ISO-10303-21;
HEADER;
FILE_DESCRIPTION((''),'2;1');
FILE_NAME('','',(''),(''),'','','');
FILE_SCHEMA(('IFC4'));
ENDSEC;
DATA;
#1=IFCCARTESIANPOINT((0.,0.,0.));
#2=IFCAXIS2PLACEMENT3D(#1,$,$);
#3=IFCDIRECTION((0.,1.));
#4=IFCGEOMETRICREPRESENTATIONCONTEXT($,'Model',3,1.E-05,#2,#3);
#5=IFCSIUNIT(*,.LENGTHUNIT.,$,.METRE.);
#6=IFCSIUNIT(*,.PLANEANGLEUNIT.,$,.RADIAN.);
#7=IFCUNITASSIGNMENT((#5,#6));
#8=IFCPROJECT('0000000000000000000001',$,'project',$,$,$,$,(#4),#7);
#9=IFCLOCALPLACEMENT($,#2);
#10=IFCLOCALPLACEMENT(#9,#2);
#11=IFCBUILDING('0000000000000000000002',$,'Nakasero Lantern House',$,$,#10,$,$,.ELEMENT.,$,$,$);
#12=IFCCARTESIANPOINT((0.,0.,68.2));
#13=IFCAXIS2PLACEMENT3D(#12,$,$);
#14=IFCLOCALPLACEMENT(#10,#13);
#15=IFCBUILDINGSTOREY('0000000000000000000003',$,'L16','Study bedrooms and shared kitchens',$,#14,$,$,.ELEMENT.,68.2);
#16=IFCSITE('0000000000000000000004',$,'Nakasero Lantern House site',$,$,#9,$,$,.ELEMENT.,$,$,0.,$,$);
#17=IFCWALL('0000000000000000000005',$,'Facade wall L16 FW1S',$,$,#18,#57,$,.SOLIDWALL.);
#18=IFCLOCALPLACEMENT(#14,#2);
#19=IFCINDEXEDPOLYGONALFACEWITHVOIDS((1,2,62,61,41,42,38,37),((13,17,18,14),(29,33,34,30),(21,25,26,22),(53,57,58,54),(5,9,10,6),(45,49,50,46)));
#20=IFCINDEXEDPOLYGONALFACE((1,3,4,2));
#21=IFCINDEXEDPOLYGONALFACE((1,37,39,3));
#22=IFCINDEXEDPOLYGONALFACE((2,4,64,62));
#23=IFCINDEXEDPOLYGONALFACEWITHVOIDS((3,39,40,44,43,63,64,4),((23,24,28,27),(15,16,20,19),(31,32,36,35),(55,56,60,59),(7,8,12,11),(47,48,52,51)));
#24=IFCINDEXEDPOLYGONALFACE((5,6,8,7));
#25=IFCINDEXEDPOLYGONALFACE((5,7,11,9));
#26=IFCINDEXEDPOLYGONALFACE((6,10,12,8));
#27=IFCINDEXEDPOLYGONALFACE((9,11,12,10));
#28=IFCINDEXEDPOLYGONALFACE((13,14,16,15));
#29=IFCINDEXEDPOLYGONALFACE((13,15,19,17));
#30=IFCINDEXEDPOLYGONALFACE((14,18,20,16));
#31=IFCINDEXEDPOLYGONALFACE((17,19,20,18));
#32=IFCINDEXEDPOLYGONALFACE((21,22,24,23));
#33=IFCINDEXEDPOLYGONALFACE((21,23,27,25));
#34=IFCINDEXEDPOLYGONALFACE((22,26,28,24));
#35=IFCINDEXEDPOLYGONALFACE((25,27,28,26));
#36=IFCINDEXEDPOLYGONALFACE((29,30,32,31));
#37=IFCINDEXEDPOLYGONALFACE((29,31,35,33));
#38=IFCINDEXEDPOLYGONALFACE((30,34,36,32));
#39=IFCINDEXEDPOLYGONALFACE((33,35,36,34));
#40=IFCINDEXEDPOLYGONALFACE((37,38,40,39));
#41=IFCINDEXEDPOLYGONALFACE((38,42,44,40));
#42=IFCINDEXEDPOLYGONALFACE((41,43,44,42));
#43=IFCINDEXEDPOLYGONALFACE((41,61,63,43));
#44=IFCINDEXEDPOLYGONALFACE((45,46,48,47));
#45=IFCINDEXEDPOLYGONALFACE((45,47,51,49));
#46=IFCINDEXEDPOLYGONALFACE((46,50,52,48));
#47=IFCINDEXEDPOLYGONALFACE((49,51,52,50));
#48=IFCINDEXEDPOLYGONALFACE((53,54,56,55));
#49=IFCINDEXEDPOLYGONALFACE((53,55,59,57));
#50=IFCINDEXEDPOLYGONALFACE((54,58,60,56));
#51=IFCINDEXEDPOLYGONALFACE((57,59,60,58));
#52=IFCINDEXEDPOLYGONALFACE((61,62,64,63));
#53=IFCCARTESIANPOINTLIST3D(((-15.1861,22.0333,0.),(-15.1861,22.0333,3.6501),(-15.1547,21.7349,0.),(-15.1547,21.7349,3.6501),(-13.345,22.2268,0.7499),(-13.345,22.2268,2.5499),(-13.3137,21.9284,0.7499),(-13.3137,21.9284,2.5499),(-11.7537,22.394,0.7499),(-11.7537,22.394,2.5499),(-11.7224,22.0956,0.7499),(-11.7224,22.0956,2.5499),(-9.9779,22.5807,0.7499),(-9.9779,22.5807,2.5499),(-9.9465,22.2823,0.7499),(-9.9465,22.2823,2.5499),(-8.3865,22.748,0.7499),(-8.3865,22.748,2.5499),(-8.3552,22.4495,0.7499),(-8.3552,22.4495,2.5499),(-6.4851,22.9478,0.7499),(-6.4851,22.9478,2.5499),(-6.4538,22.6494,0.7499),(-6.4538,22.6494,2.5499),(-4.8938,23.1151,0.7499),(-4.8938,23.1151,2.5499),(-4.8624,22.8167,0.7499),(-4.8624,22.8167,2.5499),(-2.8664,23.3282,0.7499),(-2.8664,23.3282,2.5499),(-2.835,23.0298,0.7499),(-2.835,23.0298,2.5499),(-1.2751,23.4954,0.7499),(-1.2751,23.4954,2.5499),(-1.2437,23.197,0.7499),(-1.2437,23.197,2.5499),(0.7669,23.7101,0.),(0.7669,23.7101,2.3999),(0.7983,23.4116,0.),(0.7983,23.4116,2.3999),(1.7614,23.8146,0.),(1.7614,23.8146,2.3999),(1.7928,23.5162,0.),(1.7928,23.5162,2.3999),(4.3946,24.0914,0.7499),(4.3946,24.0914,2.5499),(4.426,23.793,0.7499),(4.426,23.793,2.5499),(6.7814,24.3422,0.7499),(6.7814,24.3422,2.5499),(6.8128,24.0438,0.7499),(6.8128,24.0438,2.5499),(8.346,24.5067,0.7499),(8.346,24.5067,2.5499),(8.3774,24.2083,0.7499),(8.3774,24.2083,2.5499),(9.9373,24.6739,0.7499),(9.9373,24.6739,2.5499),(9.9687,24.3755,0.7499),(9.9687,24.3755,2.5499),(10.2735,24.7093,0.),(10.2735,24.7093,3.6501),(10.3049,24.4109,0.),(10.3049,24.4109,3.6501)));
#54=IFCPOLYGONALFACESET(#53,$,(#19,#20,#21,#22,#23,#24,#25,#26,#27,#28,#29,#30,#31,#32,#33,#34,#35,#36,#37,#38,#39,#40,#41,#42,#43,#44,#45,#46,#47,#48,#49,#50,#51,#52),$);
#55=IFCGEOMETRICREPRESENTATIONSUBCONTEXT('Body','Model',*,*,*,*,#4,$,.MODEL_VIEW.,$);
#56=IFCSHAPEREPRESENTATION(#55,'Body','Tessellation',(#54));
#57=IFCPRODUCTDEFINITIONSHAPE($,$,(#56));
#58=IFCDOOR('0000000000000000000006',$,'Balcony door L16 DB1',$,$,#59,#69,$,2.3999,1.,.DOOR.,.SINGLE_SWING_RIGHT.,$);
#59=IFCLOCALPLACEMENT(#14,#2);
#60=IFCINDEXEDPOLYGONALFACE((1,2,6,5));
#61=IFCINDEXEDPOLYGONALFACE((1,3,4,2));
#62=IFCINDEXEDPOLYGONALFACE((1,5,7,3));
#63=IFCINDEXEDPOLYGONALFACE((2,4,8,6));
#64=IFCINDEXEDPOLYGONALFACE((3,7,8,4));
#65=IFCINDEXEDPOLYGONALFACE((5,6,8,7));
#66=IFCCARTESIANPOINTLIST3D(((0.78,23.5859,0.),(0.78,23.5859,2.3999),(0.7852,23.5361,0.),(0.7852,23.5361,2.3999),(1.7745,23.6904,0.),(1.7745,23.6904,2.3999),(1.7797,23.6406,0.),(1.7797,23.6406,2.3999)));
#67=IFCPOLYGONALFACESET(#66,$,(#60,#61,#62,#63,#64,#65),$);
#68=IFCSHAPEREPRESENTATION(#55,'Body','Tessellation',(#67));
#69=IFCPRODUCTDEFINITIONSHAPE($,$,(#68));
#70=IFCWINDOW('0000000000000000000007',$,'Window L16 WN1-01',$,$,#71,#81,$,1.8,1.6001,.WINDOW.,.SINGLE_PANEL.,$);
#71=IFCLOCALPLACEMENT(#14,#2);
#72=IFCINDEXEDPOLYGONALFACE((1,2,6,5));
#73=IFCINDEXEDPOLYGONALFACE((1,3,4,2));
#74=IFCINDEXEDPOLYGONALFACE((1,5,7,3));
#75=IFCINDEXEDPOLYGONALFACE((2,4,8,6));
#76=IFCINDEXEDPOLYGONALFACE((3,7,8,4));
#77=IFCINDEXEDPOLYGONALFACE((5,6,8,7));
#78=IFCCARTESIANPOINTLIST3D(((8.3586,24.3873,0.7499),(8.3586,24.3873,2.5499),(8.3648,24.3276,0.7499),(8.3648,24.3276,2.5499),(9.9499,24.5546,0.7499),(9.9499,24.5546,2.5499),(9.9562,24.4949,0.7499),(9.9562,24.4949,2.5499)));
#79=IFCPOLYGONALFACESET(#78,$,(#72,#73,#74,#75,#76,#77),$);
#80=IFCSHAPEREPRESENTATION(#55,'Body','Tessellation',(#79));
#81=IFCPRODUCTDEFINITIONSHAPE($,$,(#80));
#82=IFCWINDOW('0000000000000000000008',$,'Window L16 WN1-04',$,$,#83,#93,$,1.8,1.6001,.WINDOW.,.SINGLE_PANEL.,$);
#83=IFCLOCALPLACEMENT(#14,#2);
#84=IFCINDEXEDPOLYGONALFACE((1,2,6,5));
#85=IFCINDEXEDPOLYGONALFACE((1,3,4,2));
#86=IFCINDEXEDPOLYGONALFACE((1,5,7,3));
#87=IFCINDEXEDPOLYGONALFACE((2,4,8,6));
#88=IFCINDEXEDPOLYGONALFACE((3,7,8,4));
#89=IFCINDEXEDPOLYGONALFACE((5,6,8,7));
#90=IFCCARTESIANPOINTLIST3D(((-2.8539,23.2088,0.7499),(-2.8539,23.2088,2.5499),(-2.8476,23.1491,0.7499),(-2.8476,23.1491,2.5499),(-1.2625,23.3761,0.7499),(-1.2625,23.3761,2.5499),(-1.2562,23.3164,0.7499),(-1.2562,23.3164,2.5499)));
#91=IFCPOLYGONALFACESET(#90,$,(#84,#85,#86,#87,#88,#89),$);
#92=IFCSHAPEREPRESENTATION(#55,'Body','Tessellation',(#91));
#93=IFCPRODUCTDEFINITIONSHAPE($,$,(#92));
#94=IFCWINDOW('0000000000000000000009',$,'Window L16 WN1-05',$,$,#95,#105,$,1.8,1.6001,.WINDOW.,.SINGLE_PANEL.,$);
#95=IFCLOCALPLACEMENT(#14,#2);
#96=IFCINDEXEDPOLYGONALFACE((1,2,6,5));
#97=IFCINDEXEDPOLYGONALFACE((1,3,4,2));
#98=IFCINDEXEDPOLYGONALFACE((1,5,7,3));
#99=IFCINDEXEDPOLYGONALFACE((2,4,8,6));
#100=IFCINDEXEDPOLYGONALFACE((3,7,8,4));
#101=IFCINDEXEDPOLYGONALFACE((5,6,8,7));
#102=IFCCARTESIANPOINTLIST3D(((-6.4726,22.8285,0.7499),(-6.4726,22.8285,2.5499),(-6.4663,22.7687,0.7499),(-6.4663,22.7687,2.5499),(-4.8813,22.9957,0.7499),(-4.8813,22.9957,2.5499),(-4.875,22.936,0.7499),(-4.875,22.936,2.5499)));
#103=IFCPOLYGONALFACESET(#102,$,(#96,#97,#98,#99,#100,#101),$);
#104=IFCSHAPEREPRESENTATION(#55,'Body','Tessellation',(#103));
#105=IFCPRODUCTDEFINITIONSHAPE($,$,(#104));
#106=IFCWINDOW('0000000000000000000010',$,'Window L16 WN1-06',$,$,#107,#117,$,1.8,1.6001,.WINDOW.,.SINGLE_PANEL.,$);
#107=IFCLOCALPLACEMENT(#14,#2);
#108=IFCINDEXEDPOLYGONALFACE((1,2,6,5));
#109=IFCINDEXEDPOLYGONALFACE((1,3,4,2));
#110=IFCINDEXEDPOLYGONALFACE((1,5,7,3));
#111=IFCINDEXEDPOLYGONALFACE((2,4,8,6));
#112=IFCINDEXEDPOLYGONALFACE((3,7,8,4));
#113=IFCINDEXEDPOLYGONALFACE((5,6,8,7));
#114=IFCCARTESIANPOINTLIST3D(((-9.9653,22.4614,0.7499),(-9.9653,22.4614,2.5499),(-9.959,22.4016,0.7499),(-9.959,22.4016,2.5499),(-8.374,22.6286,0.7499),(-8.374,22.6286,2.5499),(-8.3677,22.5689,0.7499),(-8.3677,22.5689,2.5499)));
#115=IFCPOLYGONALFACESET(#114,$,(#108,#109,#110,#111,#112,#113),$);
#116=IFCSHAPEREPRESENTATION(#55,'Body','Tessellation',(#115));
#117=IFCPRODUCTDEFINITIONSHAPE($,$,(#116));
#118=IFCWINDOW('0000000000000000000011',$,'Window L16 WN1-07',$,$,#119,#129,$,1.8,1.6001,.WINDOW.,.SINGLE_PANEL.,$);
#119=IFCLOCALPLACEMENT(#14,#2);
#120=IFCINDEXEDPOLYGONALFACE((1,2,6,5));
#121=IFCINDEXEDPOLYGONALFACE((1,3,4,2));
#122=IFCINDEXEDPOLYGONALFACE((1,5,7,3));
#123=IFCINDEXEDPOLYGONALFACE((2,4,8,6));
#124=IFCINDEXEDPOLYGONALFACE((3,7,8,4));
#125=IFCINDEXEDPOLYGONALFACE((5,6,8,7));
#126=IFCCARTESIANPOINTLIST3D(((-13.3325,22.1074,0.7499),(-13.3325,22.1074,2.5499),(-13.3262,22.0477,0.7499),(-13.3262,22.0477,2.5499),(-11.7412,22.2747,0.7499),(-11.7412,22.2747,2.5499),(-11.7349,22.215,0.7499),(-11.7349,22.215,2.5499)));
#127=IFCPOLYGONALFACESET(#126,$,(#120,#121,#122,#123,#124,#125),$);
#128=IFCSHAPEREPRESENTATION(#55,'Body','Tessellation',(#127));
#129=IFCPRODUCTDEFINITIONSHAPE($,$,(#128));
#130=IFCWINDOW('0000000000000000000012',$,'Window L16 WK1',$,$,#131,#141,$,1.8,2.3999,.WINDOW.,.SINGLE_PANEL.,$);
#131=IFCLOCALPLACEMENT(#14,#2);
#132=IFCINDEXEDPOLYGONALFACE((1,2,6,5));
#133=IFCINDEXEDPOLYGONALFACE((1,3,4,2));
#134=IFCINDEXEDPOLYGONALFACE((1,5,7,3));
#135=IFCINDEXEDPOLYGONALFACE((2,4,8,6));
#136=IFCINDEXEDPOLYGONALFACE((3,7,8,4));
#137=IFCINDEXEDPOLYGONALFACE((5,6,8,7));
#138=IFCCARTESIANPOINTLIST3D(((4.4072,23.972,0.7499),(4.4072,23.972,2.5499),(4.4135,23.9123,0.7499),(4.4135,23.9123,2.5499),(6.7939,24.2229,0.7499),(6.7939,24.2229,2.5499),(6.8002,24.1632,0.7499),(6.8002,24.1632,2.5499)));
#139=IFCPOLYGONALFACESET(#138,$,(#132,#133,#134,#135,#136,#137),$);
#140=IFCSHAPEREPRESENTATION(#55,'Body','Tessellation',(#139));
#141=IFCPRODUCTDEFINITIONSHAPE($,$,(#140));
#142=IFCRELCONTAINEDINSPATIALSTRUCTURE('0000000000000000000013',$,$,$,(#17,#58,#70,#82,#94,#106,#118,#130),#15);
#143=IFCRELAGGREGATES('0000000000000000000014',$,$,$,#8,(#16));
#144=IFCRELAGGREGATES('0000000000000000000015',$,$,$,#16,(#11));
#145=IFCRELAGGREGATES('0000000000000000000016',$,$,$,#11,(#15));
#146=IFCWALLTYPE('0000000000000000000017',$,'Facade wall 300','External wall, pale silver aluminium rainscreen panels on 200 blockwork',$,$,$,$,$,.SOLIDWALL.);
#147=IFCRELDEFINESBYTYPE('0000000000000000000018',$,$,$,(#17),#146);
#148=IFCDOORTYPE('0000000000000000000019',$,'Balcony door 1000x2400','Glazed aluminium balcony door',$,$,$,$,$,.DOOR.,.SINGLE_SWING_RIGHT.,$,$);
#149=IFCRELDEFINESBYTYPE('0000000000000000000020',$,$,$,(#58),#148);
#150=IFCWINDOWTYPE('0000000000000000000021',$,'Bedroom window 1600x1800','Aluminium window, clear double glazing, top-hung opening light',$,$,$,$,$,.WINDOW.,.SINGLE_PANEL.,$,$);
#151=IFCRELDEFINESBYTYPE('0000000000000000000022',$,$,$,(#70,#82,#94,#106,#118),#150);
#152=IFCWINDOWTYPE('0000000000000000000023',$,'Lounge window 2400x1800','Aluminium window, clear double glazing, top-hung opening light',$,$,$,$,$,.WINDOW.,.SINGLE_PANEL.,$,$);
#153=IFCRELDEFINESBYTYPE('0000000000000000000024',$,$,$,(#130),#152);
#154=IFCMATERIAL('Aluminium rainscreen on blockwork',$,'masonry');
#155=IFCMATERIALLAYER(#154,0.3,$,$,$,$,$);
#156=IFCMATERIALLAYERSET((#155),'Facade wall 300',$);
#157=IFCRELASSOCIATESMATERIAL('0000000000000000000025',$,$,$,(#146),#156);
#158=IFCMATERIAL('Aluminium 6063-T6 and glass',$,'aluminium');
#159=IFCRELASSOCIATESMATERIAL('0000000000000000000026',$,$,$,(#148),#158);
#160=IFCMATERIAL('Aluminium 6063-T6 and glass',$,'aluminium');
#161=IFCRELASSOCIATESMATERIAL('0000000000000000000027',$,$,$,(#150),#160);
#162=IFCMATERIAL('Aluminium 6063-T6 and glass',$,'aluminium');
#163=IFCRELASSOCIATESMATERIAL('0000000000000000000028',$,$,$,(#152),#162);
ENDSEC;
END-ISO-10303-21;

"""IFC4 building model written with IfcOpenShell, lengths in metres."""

from ifc_helpers import new_model, si_unit, direction, frame, frame_2d, origin, place, context, subcontext, project, spatial, rectangle, extrude, material, layer, layer_set, type_object, element, fill, save


model = new_model("IFC4")

# Units and contexts
model_context = context("Model", 3, precision=1e-05, world=origin(), true_north=direction((0.0, 1.0)))
body_context = subcontext(model_context, "Body", "Model", "MODEL_VIEW")
ifc_project = project(units=[si_unit("LENGTHUNIT", "METRE"), si_unit("PLANEANGLEUNIT", "RADIAN")], contexts=[model_context])

# Site, building, storey
site_placement = place(None, origin())
site = spatial("IfcSite", under=ifc_project, at=site_placement, Name="Nakasero Lantern House site", CompositionType="ELEMENT", RefElevation=0.0)
building_placement = place(site_placement, origin())
building = spatial("IfcBuilding", under=site, at=building_placement, Name="Nakasero Lantern House", CompositionType="ELEMENT")
storey_placement = place(building_placement, frame((0.0, 0.0, 68.2)))
storey = spatial("IfcBuildingStorey", under=building, at=storey_placement, Name="L16", Description="Study bedrooms and shared kitchens", CompositionType="ELEMENT", Elevation=68.2)

# Wall, openings, door, windows
ifc_material_1 = material(Name="Aluminium rainscreen on blockwork", Category="masonry")
ifc_layer_1 = layer(ifc_material_1, 0.3)
ifc_layer_set_1 = layer_set([ifc_layer_1], Name="Facade wall 300")
wall_type_1 = type_object("IfcWallType", Name="Facade wall 300", Description="External wall, pale silver aluminium rainscreen panels on 200 blockwork", PredefinedType="SOLIDWALL", material=ifc_layer_set_1)
wall_1_placement = place(storey_placement, frame((10.2891, 24.5601, 0.0), z_axis=(0.0, 0.0, 1.0), x_axis=(-0.994521, -0.104532, 0.0)))
wall_1 = element("IfcWall", 1, at=wall_1_placement, inside=storey, type_object=wall_type_1, Name="Facade wall L16 FW1S", PredefinedType="SOLIDWALL", context=body_context, shape_type="SweptSolid", body=[
    extrude(rectangle(XDim=25.5999, YDim=0.3, at=frame_2d((12.7998, 0.0))), origin(), (0.0, 0.0, 1.0), 3.6501),
])
opening_1_placement = place(wall_1_placement, frame((0.3379, 0.0, 0.75)))
opening_1 = element("IfcOpeningElement", 2, at=opening_1_placement, cuts=wall_1, PredefinedType="OPENING", context=body_context, shape_type="SweptSolid", body=[
    extrude(rectangle(XDim=1.6001, YDim=1.8, at=frame_2d((0.8, 0.8999))), frame((0.0, 0.1699, 0.0), z_axis=(0.0, -1.0, 0.0), x_axis=(1.0, 0.0, 0.0)), (0.0, 0.0, 1.0), 0.3401),
])
opening_2_placement = place(wall_1_placement, frame((11.6121, 0.0, 0.75)))
opening_2 = element("IfcOpeningElement", 3, at=opening_2_placement, cuts=wall_1, PredefinedType="OPENING", context=body_context, shape_type="SweptSolid", body=[
    extrude(rectangle(XDim=1.6001, YDim=1.8, at=frame_2d((0.8, 0.8999))), frame((0.0, 0.1699, 0.0), z_axis=(0.0, -1.0, 0.0), x_axis=(1.0, 0.0, 0.0)), (0.0, 0.0, 1.0), 0.3401),
])
opening_3_placement = place(wall_1_placement, frame((15.2507, 0.0, 0.75)))
opening_3 = element("IfcOpeningElement", 4, at=opening_3_placement, cuts=wall_1, PredefinedType="OPENING", context=body_context, shape_type="SweptSolid", body=[
    extrude(rectangle(XDim=1.6001, YDim=1.8, at=frame_2d((0.8, 0.8999))), frame((0.0, 0.1699, 0.0), z_axis=(0.0, -1.0, 0.0), x_axis=(1.0, 0.0, 0.0)), (0.0, 0.0, 1.0), 0.3401),
])
opening_4_placement = place(wall_1_placement, frame((18.7627, 0.0, 0.75)))
opening_4 = element("IfcOpeningElement", 5, at=opening_4_placement, cuts=wall_1, PredefinedType="OPENING", context=body_context, shape_type="SweptSolid", body=[
    extrude(rectangle(XDim=1.6001, YDim=1.8, at=frame_2d((0.8, 0.8999))), frame((0.0, 0.1699, 0.0), z_axis=(0.0, -1.0, 0.0), x_axis=(1.0, 0.0, 0.0)), (0.0, 0.0, 1.0), 0.3401),
])
opening_5_placement = place(wall_1_placement, frame((22.1484, 0.0, 0.75)))
opening_5 = element("IfcOpeningElement", 6, at=opening_5_placement, cuts=wall_1, PredefinedType="OPENING", context=body_context, shape_type="SweptSolid", body=[
    extrude(rectangle(XDim=1.6001, YDim=1.8, at=frame_2d((0.8, 0.8999))), frame((0.0, 0.1699, 0.0), z_axis=(0.0, -1.0, 0.0), x_axis=(1.0, 0.0, 0.0)), (0.0, 0.0, 1.0), 0.3401),
])
opening_6_placement = place(wall_1_placement, frame((3.5112, 0.0, 0.75)))
opening_6 = element("IfcOpeningElement", 7, at=opening_6_placement, cuts=wall_1, PredefinedType="OPENING", context=body_context, shape_type="SweptSolid", body=[
    extrude(rectangle(XDim=2.3999, YDim=1.8, at=frame_2d((1.2, 0.8999))), frame((0.0, 0.1699, 0.0), z_axis=(0.0, -1.0, 0.0), x_axis=(1.0, 0.0, 0.0)), (0.0, 0.0, 1.0), 0.3401),
])
opening_7_placement = place(wall_1_placement, frame((8.5588, 0.0, 0.0)))
opening_7 = element("IfcOpeningElement", 8, at=opening_7_placement, cuts=wall_1, PredefinedType="OPENING", context=body_context, shape_type="SweptSolid", body=[
    extrude(rectangle(XDim=1.0, YDim=2.3999, at=frame_2d((0.5, 1.2))), frame((0.0, 0.1699, 0.0), z_axis=(0.0, -1.0, 0.0), x_axis=(1.0, 0.0, 0.0)), (0.0, 0.0, 1.0), 0.3401),
])
ifc_material_2 = material(Name="Aluminium 6063-T6 and glass", Category="aluminium")
door_type = type_object("IfcDoorType", Name="Balcony door 1000x2400", Description="Glazed aluminium balcony door", OperationType="SINGLE_SWING_RIGHT", PredefinedType="DOOR", material=ifc_material_2)
door_placement = place(opening_7_placement, origin())
door = element("IfcDoor", 9, at=door_placement, inside=storey, type_object=door_type, Name="Balcony door L16 DB1", OperationType="SINGLE_SWING_RIGHT", OverallHeight=2.3999, OverallWidth=1.0, PredefinedType="DOOR", context=body_context, shape_type="SweptSolid", body=[
    extrude(rectangle(XDim=1.0, YDim=2.3999, at=frame_2d((0.5, 1.2))), frame((0.0, 0.0249, 0.0), z_axis=(0.0, -1.0, 0.0), x_axis=(1.0, 0.0, 0.0)), (0.0, 0.0, 1.0), 0.05),
])
fill(opening_7, door)
ifc_material_3 = material(Name="Aluminium 6063-T6 and glass", Category="aluminium")
window_type_1 = type_object("IfcWindowType", Name="Bedroom window 1600x1800", Description="Aluminium window, clear double glazing, top-hung opening light", PartitioningType="SINGLE_PANEL", PredefinedType="WINDOW", material=ifc_material_3)
window_1_placement = place(opening_1_placement, origin())
window_1 = element("IfcWindow", 10, at=window_1_placement, inside=storey, type_object=window_type_1, Name="Window L16 WN1-01", OverallHeight=1.8, OverallWidth=1.6001, PartitioningType="SINGLE_PANEL", PredefinedType="WINDOW", context=body_context, shape_type="SweptSolid", body=[
    extrude(rectangle(XDim=1.6001, YDim=1.8, at=frame_2d((0.8, 0.8999))), frame((0.0, 0.03, 0.0), z_axis=(0.0, -1.0, 0.0), x_axis=(1.0, 0.0, 0.0)), (0.0, 0.0, 1.0), 0.0601),
])
fill(opening_1, window_1)
window_2_placement = place(opening_2_placement, origin())
window_2 = element("IfcWindow", 11, at=window_2_placement, inside=storey, type_object=window_type_1, Name="Window L16 WN1-04", OverallHeight=1.8, OverallWidth=1.6001, PartitioningType="SINGLE_PANEL", PredefinedType="WINDOW", context=body_context, shape_type="SweptSolid", body=[
    extrude(rectangle(XDim=1.6001, YDim=1.8, at=frame_2d((0.8, 0.8999))), frame((0.0, 0.03, 0.0), z_axis=(0.0, -1.0, 0.0), x_axis=(1.0, 0.0, 0.0)), (0.0, 0.0, 1.0), 0.0601),
])
fill(opening_2, window_2)
window_3_placement = place(opening_3_placement, origin())
window_3 = element("IfcWindow", 12, at=window_3_placement, inside=storey, type_object=window_type_1, Name="Window L16 WN1-05", OverallHeight=1.8, OverallWidth=1.6001, PartitioningType="SINGLE_PANEL", PredefinedType="WINDOW", context=body_context, shape_type="SweptSolid", body=[
    extrude(rectangle(XDim=1.6001, YDim=1.8, at=frame_2d((0.8, 0.8999))), frame((0.0, 0.03, 0.0), z_axis=(0.0, -1.0, 0.0), x_axis=(1.0, 0.0, 0.0)), (0.0, 0.0, 1.0), 0.0601),
])
fill(opening_3, window_3)
window_4_placement = place(opening_4_placement, origin())
window_4 = element("IfcWindow", 13, at=window_4_placement, inside=storey, type_object=window_type_1, Name="Window L16 WN1-06", OverallHeight=1.8, OverallWidth=1.6001, PartitioningType="SINGLE_PANEL", PredefinedType="WINDOW", context=body_context, shape_type="SweptSolid", body=[
    extrude(rectangle(XDim=1.6001, YDim=1.8, at=frame_2d((0.8, 0.8999))), frame((0.0, 0.03, 0.0), z_axis=(0.0, -1.0, 0.0), x_axis=(1.0, 0.0, 0.0)), (0.0, 0.0, 1.0), 0.0601),
])
fill(opening_4, window_4)
window_5_placement = place(opening_5_placement, origin())
window_5 = element("IfcWindow", 14, at=window_5_placement, inside=storey, type_object=window_type_1, Name="Window L16 WN1-07", OverallHeight=1.8, OverallWidth=1.6001, PartitioningType="SINGLE_PANEL", PredefinedType="WINDOW", context=body_context, shape_type="SweptSolid", body=[
    extrude(rectangle(XDim=1.6001, YDim=1.8, at=frame_2d((0.8, 0.8999))), frame((0.0, 0.03, 0.0), z_axis=(0.0, -1.0, 0.0), x_axis=(1.0, 0.0, 0.0)), (0.0, 0.0, 1.0), 0.0601),
])
fill(opening_5, window_5)
ifc_material_4 = material(Name="Aluminium 6063-T6 and glass", Category="aluminium")
window_type_2 = type_object("IfcWindowType", Name="Lounge window 2400x1800", Description="Aluminium window, clear double glazing, top-hung opening light", PartitioningType="SINGLE_PANEL", PredefinedType="WINDOW", material=ifc_material_4)
window_6_placement = place(opening_6_placement, origin())
window_6 = element("IfcWindow", 15, at=window_6_placement, inside=storey, type_object=window_type_2, Name="Window L16 WK1", OverallHeight=1.8, OverallWidth=2.3999, PartitioningType="SINGLE_PANEL", PredefinedType="WINDOW", context=body_context, shape_type="SweptSolid", body=[
    extrude(rectangle(XDim=2.3999, YDim=1.8, at=frame_2d((1.2, 0.8999))), frame((0.0, 0.03, 0.0), z_axis=(0.0, -1.0, 0.0), x_axis=(1.0, 0.0, 0.0)), (0.0, 0.0, 1.0), 0.0601),
])
fill(opening_6, window_6)

save(model, "model.ifc")
